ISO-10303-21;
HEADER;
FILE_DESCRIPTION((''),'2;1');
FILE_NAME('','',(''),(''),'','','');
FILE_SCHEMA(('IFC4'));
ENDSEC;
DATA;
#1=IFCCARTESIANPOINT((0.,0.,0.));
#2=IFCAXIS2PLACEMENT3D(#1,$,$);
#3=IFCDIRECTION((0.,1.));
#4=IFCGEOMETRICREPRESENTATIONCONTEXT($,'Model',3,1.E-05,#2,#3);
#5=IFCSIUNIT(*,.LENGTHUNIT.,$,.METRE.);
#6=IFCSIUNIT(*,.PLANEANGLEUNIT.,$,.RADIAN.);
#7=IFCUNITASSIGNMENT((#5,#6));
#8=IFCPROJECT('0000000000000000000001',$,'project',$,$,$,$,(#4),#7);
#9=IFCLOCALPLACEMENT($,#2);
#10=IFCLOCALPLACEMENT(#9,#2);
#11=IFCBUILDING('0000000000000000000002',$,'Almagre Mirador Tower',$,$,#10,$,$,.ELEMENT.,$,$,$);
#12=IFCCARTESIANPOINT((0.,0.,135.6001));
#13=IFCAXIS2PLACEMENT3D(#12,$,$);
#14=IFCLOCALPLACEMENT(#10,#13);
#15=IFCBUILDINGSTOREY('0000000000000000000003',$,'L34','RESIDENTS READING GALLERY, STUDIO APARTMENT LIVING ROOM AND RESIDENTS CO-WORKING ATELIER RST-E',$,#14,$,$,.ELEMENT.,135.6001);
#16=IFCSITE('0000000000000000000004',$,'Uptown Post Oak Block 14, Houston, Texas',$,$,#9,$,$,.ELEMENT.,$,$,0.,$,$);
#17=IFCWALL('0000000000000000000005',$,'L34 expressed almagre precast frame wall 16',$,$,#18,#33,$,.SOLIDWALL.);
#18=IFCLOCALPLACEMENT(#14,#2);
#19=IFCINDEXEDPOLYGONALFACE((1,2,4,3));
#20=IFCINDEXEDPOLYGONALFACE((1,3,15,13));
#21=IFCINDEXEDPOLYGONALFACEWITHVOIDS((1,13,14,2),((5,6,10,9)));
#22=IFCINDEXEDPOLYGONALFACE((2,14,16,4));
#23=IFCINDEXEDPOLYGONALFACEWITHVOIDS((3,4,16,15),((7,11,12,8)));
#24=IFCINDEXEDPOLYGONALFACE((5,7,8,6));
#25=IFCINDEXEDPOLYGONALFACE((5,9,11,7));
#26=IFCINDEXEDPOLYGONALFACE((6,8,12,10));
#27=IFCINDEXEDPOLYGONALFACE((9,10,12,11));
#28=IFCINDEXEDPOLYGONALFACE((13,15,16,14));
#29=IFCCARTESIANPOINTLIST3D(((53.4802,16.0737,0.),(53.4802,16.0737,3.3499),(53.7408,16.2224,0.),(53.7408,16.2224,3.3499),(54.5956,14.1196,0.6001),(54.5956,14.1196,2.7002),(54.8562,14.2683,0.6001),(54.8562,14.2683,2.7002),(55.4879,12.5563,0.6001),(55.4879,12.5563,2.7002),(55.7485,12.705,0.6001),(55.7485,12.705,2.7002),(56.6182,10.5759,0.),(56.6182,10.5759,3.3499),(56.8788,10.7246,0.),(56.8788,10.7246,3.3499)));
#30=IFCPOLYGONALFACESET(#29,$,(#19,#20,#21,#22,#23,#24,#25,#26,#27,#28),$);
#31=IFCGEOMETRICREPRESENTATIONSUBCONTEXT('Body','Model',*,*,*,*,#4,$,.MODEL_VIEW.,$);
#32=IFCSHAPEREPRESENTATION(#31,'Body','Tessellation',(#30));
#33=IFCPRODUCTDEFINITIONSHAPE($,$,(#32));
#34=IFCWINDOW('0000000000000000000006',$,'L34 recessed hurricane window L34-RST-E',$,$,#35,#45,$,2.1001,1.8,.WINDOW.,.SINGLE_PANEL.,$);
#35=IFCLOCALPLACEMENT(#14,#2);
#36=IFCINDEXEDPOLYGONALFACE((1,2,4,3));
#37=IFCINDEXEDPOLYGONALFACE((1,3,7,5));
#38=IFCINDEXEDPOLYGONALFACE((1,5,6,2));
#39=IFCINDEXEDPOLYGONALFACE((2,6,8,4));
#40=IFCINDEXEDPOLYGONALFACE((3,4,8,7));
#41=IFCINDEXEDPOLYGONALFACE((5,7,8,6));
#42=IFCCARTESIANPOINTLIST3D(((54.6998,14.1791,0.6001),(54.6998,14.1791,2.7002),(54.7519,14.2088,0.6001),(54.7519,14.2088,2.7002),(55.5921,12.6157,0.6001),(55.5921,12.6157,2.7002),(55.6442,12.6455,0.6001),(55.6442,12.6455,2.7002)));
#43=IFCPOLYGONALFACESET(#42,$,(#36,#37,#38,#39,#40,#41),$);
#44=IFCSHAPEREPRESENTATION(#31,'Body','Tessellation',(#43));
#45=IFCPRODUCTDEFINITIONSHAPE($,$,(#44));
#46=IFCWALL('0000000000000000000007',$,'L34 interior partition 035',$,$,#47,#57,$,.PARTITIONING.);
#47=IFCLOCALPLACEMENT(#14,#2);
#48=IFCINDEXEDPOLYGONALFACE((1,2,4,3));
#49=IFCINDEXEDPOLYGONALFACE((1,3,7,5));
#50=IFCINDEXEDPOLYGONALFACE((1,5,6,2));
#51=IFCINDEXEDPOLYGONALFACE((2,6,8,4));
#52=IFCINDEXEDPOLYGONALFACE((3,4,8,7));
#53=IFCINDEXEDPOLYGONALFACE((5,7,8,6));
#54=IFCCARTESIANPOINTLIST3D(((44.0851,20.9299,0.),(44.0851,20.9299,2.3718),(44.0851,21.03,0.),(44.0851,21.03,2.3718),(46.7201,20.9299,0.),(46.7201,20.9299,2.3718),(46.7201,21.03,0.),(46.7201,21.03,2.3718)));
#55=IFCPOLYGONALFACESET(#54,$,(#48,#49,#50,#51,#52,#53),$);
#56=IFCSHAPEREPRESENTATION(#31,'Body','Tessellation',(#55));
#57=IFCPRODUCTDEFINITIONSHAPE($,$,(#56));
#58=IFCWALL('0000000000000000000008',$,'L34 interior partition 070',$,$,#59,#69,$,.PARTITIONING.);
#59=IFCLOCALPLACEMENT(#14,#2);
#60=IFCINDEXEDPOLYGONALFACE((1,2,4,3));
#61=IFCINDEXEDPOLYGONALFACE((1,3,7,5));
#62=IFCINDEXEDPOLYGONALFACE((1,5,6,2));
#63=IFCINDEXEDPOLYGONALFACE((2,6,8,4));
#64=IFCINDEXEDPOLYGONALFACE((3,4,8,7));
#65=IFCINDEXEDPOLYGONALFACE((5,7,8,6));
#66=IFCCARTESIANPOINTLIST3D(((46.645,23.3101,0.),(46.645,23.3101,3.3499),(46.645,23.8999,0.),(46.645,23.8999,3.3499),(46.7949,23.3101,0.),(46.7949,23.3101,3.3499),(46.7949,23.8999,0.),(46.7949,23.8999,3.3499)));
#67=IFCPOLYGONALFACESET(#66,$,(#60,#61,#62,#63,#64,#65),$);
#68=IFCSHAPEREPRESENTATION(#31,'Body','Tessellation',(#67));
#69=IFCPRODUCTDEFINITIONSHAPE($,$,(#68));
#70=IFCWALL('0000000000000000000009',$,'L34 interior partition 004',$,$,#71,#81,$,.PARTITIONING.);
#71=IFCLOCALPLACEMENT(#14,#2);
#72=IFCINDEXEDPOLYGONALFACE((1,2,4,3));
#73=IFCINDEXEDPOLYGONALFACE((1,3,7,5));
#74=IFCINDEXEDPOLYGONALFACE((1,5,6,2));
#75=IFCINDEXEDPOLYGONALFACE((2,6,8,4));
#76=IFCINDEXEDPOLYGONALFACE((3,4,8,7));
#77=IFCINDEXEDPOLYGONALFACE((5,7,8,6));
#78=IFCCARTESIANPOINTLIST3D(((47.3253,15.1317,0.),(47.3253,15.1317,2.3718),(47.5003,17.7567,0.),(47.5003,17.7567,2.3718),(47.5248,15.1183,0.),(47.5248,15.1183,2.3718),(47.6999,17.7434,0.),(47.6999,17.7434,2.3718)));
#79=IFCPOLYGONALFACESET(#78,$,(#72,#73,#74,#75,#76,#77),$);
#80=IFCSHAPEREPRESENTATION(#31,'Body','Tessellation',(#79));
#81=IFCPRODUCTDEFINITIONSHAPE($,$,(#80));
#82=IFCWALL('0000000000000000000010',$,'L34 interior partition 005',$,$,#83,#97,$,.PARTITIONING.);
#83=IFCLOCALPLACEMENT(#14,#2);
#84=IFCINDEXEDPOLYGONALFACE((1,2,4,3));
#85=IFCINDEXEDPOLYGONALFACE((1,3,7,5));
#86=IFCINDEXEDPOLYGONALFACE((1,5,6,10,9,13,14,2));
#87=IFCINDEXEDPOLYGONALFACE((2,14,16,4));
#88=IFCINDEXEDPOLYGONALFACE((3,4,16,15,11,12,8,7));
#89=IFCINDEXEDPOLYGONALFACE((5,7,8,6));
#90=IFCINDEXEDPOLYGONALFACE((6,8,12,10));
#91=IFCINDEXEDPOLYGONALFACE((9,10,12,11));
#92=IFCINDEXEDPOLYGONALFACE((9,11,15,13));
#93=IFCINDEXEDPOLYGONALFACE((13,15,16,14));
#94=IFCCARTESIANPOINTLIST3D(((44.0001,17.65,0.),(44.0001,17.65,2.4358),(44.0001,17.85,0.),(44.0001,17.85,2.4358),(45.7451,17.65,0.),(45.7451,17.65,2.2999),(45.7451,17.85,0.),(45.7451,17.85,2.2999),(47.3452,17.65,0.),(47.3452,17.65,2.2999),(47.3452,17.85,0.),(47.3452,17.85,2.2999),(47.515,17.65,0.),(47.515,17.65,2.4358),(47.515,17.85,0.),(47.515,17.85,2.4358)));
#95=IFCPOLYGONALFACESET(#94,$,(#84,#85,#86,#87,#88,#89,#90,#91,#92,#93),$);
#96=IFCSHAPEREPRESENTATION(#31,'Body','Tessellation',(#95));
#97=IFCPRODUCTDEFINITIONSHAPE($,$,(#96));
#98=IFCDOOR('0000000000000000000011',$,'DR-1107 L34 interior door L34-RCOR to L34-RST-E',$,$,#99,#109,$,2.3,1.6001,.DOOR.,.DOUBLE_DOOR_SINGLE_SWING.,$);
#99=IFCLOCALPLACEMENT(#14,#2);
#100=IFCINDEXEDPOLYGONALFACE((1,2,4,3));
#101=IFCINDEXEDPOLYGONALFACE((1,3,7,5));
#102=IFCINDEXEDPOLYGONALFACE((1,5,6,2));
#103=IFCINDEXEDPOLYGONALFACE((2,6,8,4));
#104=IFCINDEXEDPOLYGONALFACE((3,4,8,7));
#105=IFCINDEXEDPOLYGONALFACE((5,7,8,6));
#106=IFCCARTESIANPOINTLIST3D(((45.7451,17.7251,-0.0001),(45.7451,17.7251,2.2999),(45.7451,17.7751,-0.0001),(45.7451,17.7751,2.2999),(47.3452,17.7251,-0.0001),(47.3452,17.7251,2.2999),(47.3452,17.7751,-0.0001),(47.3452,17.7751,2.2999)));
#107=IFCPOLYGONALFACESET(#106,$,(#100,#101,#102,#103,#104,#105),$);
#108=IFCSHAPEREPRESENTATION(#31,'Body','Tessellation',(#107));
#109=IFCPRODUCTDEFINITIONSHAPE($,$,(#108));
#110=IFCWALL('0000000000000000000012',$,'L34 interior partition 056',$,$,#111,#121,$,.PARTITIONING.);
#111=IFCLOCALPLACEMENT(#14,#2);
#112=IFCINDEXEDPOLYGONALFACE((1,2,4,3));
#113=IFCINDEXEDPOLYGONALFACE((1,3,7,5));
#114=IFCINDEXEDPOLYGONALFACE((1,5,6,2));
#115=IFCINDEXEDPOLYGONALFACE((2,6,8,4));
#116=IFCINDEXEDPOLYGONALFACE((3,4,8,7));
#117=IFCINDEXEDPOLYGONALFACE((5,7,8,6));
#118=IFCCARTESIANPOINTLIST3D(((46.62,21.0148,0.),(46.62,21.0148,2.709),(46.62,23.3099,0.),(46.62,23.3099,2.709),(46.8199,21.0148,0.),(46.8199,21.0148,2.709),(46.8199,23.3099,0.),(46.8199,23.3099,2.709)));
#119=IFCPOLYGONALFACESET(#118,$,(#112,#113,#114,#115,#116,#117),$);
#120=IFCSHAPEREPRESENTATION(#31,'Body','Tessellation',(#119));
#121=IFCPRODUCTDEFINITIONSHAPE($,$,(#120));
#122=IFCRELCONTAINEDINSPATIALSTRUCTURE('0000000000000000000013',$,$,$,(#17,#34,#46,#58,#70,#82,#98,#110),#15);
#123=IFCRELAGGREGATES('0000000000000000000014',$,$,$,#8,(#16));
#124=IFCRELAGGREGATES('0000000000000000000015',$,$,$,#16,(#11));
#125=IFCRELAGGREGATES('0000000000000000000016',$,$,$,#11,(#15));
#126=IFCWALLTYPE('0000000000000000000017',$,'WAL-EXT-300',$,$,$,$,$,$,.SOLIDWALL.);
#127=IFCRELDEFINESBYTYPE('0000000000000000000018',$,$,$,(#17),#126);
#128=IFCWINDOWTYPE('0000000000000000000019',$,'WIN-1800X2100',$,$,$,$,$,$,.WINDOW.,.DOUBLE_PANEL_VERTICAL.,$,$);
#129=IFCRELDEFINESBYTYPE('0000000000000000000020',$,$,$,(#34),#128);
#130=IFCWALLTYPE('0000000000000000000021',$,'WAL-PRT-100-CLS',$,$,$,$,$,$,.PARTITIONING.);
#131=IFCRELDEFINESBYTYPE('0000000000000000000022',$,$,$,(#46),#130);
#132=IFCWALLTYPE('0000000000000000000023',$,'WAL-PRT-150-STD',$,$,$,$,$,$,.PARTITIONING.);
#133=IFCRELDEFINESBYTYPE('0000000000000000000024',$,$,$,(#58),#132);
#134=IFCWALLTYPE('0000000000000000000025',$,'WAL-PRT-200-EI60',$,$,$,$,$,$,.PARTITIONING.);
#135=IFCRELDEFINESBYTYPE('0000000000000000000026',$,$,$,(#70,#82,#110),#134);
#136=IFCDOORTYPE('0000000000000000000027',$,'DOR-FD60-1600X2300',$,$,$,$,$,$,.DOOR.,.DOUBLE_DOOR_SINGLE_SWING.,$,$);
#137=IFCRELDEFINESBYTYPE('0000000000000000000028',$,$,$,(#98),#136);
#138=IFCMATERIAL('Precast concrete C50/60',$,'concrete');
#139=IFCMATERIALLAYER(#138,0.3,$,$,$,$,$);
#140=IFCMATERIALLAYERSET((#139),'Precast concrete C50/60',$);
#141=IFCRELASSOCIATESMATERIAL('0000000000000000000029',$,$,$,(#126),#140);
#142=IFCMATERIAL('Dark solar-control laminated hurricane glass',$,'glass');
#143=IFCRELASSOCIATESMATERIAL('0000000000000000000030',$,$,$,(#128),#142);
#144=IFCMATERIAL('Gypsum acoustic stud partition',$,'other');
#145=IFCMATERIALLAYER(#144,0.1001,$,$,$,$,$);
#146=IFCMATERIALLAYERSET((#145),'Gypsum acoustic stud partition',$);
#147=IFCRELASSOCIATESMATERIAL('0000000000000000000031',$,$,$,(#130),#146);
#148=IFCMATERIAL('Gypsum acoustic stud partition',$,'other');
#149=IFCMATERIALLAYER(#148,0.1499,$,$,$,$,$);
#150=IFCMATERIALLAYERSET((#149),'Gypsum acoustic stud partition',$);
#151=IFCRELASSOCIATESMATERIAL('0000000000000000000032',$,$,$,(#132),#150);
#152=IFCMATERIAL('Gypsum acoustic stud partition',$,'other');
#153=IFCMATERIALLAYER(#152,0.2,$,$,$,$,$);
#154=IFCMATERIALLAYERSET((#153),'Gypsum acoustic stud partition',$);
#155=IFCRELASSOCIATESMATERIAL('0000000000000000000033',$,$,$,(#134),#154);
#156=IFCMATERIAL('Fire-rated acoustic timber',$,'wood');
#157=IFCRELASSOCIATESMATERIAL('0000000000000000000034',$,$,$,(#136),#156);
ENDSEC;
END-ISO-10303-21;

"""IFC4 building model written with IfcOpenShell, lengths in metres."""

from ifc_helpers import new_model, si_unit, direction, frame, frame_2d, origin, place, context, subcontext, project, spatial, rectangle, extrude, material, layer, layer_set, type_object, element, fill, save


model = new_model("IFC4")

# Units and contexts
model_context = context("Model", 3, precision=1e-05, world=origin(), true_north=direction((0.0, 1.0)))
body_context = subcontext(model_context, "Body", "Model", "MODEL_VIEW")
ifc_project = project(units=[si_unit("LENGTHUNIT", "METRE"), si_unit("PLANEANGLEUNIT", "RADIAN")], contexts=[model_context])

# Site, building, storey
site_placement = place(None, origin())
site = spatial("IfcSite", under=ifc_project, at=site_placement, Name="Uptown Post Oak Block 14, Houston, Texas", CompositionType="ELEMENT", RefElevation=0.0)
building_placement = place(site_placement, origin())
building = spatial("IfcBuilding", under=site, at=building_placement, Name="Almagre Mirador Tower", CompositionType="ELEMENT")
storey_placement = place(building_placement, frame((0.0, 0.0, 135.6001)))
storey = spatial("IfcBuildingStorey", under=building, at=storey_placement, Name="L34", Description="RESIDENTS READING GALLERY, STUDIO APARTMENT LIVING ROOM AND RESIDENTS CO-WORKING ATELIER RST-E", CompositionType="ELEMENT", Elevation=135.6001)

# Wall, opening, window
ifc_material_1 = material(Name="Precast concrete C50/60", Category="concrete")
ifc_layer_1 = layer(ifc_material_1, 0.3)
ifc_layer_set_1 = layer_set([ifc_layer_1], Name="Precast concrete C50/60")
wall_type_1 = type_object("IfcWallType", Name="WAL-EXT-300", PredefinedType="SOLIDWALL", material=ifc_layer_set_1)
wall_1_placement = place(storey_placement, frame((53.6106, 16.1479, 0.0), z_axis=(0.0, 0.0, 1.0), x_axis=(0.495703, -0.868492, 0.0)))
wall_1 = element("IfcWall", 1, at=wall_1_placement, inside=storey, type_object=wall_type_1, Name="L34 expressed almagre precast frame wall 16", PredefinedType="SOLIDWALL", context=body_context, shape_type="SweptSolid", body=[
    extrude(rectangle(XDim=6.3303, YDim=0.3, at=frame_2d((3.165, 0.0))), origin(), (0.0, 0.0, 1.0), 3.3499),
])
opening_1_placement = place(wall_1_placement, frame((2.25, 0.0, 0.6001)))
opening_1 = element("IfcOpeningElement", 2, at=opening_1_placement, cuts=wall_1, PredefinedType="OPENING", context=body_context, shape_type="SweptSolid", body=[
    extrude(rectangle(XDim=1.8, YDim=2.1001, at=frame_2d((0.8999, 1.05))), frame((0.0, 0.1599, 0.0), z_axis=(0.0, -1.0, 0.0), x_axis=(1.0, 0.0, 0.0)), (0.0, 0.0, 1.0), 0.32),
])
ifc_material_2 = material(Name="Dark solar-control laminated hurricane glass", Category="glass")
window_type_1 = type_object("IfcWindowType", Name="WIN-1800X2100", PartitioningType="DOUBLE_PANEL_VERTICAL", PredefinedType="WINDOW", material=ifc_material_2)
window_1_placement = place(opening_1_placement, origin())
window_1 = element("IfcWindow", 3, at=window_1_placement, inside=storey, type_object=window_type_1, Name="L34 recessed hurricane window L34-RST-E", OverallHeight=2.1001, OverallWidth=1.8, PartitioningType="SINGLE_PANEL", PredefinedType="WINDOW", context=body_context, shape_type="SweptSolid", body=[
    extrude(rectangle(XDim=1.8, YDim=2.1001, at=frame_2d((0.8999, 1.05))), frame((0.0, 0.03, 0.0), z_axis=(0.0, -1.0, 0.0), x_axis=(1.0, 0.0, 0.0)), (0.0, 0.0, 1.0), 0.0601),
])
fill(opening_1, window_1)

# Walls
ifc_material_3 = material(Name="Gypsum acoustic stud partition", Category="other")
ifc_layer_2 = layer(ifc_material_3, 0.1001)
ifc_layer_set_2 = layer_set([ifc_layer_2], Name="Gypsum acoustic stud partition")
wall_type_2 = type_object("IfcWallType", Name="WAL-PRT-100-CLS", PredefinedType="PARTITIONING", material=ifc_layer_set_2)
wall_2_placement = place(storey_placement, frame((46.72, 20.98, 0.0), z_axis=(0.0, 0.0, 1.0), x_axis=(-1.0, 0.0, 0.0)))
element("IfcWall", 4, at=wall_2_placement, inside=storey, type_object=wall_type_2, Name="L34 interior partition 035", PredefinedType="PARTITIONING", context=body_context, shape_type="SweptSolid", body=[
    extrude(rectangle(XDim=2.635, YDim=0.1001, at=frame_2d((1.3174, 0.0))), origin(), (0.0, 0.0, 1.0), 2.3718),
])
ifc_material_4 = material(Name="Gypsum acoustic stud partition", Category="other")
ifc_layer_3 = layer(ifc_material_4, 0.1499)
ifc_layer_set_3 = layer_set([ifc_layer_3], Name="Gypsum acoustic stud partition")
wall_type_3 = type_object("IfcWallType", Name="WAL-PRT-150-STD", PredefinedType="PARTITIONING", material=ifc_layer_set_3)
wall_3_placement = place(storey_placement, frame((46.72, 23.3101, 0.0), z_axis=(0.0, 0.0, 1.0), x_axis=(0.0, 1.0, 0.0)))
element("IfcWall", 5, at=wall_3_placement, inside=storey, type_object=wall_type_3, Name="L34 interior partition 070", PredefinedType="PARTITIONING", context=body_context, shape_type="SweptSolid", body=[
    extrude(rectangle(XDim=0.5898, YDim=0.1499, at=frame_2d((0.2949, 0.0))), origin(), (0.0, 0.0, 1.0), 3.3499),
])
ifc_material_5 = material(Name="Gypsum acoustic stud partition", Category="other")
ifc_layer_4 = layer(ifc_material_5, 0.2)
ifc_layer_set_4 = layer_set([ifc_layer_4], Name="Gypsum acoustic stud partition")
wall_type_4 = type_object("IfcWallType", Name="WAL-PRT-200-EI60", PredefinedType="PARTITIONING", material=ifc_layer_set_4)
wall_4_placement = place(storey_placement, frame((47.425, 15.125, 0.0), z_axis=(0.0, 0.0, 1.0), x_axis=(0.066537, 0.997784, 0.0)))
element("IfcWall", 6, at=wall_4_placement, inside=storey, type_object=wall_type_4, Name="L34 interior partition 004", PredefinedType="PARTITIONING", context=body_context, shape_type="SweptSolid", body=[
    extrude(rectangle(XDim=2.6309, YDim=0.2, at=frame_2d((1.3154, 0.0))), origin(), (0.0, 0.0, 1.0), 2.3718),
])

# Wall, opening, door
wall_5_placement = place(storey_placement, frame((47.5149, 17.75, 0.0), z_axis=(0.0, 0.0, 1.0), x_axis=(-1.0, 0.0, 0.0)))
wall_5 = element("IfcWall", 7, at=wall_5_placement, inside=storey, type_object=wall_type_4, Name="L34 interior partition 005", PredefinedType="PARTITIONING", context=body_context, shape_type="SweptSolid", body=[
    extrude(rectangle(XDim=3.5149, YDim=0.2, at=frame_2d((1.7573, 0.0))), origin(), (0.0, 0.0, 1.0), 2.4358),
])
opening_2_placement = place(wall_5_placement, frame((0.1697, 0.0, 0.0)))
opening_2 = element("IfcOpeningElement", 8, at=opening_2_placement, cuts=wall_5, PredefinedType="OPENING", context=body_context, shape_type="SweptSolid", body=[
    extrude(rectangle(XDim=1.6001, YDim=2.3, at=frame_2d((0.8, 1.1499))), frame((0.0, 0.1101, 0.0), z_axis=(0.0, -1.0, 0.0), x_axis=(1.0, 0.0, 0.0)), (0.0, 0.0, 1.0), 0.22),
])
ifc_material_6 = material(Name="Fire-rated acoustic timber", Category="wood")
door_type = type_object("IfcDoorType", Name="DOR-FD60-1600X2300", OperationType="DOUBLE_DOOR_SINGLE_SWING", PredefinedType="DOOR", material=ifc_material_6)
door_placement = place(opening_2_placement, origin())
door = element("IfcDoor", 9, at=door_placement, inside=storey, type_object=door_type, Name="DR-1107 L34 interior door L34-RCOR to L34-RST-E", OperationType="DOUBLE_DOOR_SINGLE_SWING", OverallHeight=2.3, OverallWidth=1.6001, PredefinedType="DOOR", context=body_context, shape_type="SweptSolid", body=[
    extrude(rectangle(XDim=1.6001, YDim=2.3, at=frame_2d((0.8, 1.1499))), frame((0.0, 0.0249, 0.0), z_axis=(0.0, -1.0, 0.0), x_axis=(1.0, 0.0, 0.0)), (0.0, 0.0, 1.0), 0.05),
])
fill(opening_2, door)

# Wall
wall_6_placement = place(storey_placement, frame((46.72, 21.0149, 0.0), z_axis=(0.0, 0.0, 1.0), x_axis=(0.0, 1.0, 0.0)))
element("IfcWall", 10, at=wall_6_placement, inside=storey, type_object=wall_type_4, Name="L34 interior partition 056", PredefinedType="PARTITIONING", context=body_context, shape_type="SweptSolid", body=[
    extrude(rectangle(XDim=2.2952, YDim=0.2, at=frame_2d((1.1475, 0.0))), origin(), (0.0, 0.0, 1.0), 2.709),
])

save(model, "model.ifc")
